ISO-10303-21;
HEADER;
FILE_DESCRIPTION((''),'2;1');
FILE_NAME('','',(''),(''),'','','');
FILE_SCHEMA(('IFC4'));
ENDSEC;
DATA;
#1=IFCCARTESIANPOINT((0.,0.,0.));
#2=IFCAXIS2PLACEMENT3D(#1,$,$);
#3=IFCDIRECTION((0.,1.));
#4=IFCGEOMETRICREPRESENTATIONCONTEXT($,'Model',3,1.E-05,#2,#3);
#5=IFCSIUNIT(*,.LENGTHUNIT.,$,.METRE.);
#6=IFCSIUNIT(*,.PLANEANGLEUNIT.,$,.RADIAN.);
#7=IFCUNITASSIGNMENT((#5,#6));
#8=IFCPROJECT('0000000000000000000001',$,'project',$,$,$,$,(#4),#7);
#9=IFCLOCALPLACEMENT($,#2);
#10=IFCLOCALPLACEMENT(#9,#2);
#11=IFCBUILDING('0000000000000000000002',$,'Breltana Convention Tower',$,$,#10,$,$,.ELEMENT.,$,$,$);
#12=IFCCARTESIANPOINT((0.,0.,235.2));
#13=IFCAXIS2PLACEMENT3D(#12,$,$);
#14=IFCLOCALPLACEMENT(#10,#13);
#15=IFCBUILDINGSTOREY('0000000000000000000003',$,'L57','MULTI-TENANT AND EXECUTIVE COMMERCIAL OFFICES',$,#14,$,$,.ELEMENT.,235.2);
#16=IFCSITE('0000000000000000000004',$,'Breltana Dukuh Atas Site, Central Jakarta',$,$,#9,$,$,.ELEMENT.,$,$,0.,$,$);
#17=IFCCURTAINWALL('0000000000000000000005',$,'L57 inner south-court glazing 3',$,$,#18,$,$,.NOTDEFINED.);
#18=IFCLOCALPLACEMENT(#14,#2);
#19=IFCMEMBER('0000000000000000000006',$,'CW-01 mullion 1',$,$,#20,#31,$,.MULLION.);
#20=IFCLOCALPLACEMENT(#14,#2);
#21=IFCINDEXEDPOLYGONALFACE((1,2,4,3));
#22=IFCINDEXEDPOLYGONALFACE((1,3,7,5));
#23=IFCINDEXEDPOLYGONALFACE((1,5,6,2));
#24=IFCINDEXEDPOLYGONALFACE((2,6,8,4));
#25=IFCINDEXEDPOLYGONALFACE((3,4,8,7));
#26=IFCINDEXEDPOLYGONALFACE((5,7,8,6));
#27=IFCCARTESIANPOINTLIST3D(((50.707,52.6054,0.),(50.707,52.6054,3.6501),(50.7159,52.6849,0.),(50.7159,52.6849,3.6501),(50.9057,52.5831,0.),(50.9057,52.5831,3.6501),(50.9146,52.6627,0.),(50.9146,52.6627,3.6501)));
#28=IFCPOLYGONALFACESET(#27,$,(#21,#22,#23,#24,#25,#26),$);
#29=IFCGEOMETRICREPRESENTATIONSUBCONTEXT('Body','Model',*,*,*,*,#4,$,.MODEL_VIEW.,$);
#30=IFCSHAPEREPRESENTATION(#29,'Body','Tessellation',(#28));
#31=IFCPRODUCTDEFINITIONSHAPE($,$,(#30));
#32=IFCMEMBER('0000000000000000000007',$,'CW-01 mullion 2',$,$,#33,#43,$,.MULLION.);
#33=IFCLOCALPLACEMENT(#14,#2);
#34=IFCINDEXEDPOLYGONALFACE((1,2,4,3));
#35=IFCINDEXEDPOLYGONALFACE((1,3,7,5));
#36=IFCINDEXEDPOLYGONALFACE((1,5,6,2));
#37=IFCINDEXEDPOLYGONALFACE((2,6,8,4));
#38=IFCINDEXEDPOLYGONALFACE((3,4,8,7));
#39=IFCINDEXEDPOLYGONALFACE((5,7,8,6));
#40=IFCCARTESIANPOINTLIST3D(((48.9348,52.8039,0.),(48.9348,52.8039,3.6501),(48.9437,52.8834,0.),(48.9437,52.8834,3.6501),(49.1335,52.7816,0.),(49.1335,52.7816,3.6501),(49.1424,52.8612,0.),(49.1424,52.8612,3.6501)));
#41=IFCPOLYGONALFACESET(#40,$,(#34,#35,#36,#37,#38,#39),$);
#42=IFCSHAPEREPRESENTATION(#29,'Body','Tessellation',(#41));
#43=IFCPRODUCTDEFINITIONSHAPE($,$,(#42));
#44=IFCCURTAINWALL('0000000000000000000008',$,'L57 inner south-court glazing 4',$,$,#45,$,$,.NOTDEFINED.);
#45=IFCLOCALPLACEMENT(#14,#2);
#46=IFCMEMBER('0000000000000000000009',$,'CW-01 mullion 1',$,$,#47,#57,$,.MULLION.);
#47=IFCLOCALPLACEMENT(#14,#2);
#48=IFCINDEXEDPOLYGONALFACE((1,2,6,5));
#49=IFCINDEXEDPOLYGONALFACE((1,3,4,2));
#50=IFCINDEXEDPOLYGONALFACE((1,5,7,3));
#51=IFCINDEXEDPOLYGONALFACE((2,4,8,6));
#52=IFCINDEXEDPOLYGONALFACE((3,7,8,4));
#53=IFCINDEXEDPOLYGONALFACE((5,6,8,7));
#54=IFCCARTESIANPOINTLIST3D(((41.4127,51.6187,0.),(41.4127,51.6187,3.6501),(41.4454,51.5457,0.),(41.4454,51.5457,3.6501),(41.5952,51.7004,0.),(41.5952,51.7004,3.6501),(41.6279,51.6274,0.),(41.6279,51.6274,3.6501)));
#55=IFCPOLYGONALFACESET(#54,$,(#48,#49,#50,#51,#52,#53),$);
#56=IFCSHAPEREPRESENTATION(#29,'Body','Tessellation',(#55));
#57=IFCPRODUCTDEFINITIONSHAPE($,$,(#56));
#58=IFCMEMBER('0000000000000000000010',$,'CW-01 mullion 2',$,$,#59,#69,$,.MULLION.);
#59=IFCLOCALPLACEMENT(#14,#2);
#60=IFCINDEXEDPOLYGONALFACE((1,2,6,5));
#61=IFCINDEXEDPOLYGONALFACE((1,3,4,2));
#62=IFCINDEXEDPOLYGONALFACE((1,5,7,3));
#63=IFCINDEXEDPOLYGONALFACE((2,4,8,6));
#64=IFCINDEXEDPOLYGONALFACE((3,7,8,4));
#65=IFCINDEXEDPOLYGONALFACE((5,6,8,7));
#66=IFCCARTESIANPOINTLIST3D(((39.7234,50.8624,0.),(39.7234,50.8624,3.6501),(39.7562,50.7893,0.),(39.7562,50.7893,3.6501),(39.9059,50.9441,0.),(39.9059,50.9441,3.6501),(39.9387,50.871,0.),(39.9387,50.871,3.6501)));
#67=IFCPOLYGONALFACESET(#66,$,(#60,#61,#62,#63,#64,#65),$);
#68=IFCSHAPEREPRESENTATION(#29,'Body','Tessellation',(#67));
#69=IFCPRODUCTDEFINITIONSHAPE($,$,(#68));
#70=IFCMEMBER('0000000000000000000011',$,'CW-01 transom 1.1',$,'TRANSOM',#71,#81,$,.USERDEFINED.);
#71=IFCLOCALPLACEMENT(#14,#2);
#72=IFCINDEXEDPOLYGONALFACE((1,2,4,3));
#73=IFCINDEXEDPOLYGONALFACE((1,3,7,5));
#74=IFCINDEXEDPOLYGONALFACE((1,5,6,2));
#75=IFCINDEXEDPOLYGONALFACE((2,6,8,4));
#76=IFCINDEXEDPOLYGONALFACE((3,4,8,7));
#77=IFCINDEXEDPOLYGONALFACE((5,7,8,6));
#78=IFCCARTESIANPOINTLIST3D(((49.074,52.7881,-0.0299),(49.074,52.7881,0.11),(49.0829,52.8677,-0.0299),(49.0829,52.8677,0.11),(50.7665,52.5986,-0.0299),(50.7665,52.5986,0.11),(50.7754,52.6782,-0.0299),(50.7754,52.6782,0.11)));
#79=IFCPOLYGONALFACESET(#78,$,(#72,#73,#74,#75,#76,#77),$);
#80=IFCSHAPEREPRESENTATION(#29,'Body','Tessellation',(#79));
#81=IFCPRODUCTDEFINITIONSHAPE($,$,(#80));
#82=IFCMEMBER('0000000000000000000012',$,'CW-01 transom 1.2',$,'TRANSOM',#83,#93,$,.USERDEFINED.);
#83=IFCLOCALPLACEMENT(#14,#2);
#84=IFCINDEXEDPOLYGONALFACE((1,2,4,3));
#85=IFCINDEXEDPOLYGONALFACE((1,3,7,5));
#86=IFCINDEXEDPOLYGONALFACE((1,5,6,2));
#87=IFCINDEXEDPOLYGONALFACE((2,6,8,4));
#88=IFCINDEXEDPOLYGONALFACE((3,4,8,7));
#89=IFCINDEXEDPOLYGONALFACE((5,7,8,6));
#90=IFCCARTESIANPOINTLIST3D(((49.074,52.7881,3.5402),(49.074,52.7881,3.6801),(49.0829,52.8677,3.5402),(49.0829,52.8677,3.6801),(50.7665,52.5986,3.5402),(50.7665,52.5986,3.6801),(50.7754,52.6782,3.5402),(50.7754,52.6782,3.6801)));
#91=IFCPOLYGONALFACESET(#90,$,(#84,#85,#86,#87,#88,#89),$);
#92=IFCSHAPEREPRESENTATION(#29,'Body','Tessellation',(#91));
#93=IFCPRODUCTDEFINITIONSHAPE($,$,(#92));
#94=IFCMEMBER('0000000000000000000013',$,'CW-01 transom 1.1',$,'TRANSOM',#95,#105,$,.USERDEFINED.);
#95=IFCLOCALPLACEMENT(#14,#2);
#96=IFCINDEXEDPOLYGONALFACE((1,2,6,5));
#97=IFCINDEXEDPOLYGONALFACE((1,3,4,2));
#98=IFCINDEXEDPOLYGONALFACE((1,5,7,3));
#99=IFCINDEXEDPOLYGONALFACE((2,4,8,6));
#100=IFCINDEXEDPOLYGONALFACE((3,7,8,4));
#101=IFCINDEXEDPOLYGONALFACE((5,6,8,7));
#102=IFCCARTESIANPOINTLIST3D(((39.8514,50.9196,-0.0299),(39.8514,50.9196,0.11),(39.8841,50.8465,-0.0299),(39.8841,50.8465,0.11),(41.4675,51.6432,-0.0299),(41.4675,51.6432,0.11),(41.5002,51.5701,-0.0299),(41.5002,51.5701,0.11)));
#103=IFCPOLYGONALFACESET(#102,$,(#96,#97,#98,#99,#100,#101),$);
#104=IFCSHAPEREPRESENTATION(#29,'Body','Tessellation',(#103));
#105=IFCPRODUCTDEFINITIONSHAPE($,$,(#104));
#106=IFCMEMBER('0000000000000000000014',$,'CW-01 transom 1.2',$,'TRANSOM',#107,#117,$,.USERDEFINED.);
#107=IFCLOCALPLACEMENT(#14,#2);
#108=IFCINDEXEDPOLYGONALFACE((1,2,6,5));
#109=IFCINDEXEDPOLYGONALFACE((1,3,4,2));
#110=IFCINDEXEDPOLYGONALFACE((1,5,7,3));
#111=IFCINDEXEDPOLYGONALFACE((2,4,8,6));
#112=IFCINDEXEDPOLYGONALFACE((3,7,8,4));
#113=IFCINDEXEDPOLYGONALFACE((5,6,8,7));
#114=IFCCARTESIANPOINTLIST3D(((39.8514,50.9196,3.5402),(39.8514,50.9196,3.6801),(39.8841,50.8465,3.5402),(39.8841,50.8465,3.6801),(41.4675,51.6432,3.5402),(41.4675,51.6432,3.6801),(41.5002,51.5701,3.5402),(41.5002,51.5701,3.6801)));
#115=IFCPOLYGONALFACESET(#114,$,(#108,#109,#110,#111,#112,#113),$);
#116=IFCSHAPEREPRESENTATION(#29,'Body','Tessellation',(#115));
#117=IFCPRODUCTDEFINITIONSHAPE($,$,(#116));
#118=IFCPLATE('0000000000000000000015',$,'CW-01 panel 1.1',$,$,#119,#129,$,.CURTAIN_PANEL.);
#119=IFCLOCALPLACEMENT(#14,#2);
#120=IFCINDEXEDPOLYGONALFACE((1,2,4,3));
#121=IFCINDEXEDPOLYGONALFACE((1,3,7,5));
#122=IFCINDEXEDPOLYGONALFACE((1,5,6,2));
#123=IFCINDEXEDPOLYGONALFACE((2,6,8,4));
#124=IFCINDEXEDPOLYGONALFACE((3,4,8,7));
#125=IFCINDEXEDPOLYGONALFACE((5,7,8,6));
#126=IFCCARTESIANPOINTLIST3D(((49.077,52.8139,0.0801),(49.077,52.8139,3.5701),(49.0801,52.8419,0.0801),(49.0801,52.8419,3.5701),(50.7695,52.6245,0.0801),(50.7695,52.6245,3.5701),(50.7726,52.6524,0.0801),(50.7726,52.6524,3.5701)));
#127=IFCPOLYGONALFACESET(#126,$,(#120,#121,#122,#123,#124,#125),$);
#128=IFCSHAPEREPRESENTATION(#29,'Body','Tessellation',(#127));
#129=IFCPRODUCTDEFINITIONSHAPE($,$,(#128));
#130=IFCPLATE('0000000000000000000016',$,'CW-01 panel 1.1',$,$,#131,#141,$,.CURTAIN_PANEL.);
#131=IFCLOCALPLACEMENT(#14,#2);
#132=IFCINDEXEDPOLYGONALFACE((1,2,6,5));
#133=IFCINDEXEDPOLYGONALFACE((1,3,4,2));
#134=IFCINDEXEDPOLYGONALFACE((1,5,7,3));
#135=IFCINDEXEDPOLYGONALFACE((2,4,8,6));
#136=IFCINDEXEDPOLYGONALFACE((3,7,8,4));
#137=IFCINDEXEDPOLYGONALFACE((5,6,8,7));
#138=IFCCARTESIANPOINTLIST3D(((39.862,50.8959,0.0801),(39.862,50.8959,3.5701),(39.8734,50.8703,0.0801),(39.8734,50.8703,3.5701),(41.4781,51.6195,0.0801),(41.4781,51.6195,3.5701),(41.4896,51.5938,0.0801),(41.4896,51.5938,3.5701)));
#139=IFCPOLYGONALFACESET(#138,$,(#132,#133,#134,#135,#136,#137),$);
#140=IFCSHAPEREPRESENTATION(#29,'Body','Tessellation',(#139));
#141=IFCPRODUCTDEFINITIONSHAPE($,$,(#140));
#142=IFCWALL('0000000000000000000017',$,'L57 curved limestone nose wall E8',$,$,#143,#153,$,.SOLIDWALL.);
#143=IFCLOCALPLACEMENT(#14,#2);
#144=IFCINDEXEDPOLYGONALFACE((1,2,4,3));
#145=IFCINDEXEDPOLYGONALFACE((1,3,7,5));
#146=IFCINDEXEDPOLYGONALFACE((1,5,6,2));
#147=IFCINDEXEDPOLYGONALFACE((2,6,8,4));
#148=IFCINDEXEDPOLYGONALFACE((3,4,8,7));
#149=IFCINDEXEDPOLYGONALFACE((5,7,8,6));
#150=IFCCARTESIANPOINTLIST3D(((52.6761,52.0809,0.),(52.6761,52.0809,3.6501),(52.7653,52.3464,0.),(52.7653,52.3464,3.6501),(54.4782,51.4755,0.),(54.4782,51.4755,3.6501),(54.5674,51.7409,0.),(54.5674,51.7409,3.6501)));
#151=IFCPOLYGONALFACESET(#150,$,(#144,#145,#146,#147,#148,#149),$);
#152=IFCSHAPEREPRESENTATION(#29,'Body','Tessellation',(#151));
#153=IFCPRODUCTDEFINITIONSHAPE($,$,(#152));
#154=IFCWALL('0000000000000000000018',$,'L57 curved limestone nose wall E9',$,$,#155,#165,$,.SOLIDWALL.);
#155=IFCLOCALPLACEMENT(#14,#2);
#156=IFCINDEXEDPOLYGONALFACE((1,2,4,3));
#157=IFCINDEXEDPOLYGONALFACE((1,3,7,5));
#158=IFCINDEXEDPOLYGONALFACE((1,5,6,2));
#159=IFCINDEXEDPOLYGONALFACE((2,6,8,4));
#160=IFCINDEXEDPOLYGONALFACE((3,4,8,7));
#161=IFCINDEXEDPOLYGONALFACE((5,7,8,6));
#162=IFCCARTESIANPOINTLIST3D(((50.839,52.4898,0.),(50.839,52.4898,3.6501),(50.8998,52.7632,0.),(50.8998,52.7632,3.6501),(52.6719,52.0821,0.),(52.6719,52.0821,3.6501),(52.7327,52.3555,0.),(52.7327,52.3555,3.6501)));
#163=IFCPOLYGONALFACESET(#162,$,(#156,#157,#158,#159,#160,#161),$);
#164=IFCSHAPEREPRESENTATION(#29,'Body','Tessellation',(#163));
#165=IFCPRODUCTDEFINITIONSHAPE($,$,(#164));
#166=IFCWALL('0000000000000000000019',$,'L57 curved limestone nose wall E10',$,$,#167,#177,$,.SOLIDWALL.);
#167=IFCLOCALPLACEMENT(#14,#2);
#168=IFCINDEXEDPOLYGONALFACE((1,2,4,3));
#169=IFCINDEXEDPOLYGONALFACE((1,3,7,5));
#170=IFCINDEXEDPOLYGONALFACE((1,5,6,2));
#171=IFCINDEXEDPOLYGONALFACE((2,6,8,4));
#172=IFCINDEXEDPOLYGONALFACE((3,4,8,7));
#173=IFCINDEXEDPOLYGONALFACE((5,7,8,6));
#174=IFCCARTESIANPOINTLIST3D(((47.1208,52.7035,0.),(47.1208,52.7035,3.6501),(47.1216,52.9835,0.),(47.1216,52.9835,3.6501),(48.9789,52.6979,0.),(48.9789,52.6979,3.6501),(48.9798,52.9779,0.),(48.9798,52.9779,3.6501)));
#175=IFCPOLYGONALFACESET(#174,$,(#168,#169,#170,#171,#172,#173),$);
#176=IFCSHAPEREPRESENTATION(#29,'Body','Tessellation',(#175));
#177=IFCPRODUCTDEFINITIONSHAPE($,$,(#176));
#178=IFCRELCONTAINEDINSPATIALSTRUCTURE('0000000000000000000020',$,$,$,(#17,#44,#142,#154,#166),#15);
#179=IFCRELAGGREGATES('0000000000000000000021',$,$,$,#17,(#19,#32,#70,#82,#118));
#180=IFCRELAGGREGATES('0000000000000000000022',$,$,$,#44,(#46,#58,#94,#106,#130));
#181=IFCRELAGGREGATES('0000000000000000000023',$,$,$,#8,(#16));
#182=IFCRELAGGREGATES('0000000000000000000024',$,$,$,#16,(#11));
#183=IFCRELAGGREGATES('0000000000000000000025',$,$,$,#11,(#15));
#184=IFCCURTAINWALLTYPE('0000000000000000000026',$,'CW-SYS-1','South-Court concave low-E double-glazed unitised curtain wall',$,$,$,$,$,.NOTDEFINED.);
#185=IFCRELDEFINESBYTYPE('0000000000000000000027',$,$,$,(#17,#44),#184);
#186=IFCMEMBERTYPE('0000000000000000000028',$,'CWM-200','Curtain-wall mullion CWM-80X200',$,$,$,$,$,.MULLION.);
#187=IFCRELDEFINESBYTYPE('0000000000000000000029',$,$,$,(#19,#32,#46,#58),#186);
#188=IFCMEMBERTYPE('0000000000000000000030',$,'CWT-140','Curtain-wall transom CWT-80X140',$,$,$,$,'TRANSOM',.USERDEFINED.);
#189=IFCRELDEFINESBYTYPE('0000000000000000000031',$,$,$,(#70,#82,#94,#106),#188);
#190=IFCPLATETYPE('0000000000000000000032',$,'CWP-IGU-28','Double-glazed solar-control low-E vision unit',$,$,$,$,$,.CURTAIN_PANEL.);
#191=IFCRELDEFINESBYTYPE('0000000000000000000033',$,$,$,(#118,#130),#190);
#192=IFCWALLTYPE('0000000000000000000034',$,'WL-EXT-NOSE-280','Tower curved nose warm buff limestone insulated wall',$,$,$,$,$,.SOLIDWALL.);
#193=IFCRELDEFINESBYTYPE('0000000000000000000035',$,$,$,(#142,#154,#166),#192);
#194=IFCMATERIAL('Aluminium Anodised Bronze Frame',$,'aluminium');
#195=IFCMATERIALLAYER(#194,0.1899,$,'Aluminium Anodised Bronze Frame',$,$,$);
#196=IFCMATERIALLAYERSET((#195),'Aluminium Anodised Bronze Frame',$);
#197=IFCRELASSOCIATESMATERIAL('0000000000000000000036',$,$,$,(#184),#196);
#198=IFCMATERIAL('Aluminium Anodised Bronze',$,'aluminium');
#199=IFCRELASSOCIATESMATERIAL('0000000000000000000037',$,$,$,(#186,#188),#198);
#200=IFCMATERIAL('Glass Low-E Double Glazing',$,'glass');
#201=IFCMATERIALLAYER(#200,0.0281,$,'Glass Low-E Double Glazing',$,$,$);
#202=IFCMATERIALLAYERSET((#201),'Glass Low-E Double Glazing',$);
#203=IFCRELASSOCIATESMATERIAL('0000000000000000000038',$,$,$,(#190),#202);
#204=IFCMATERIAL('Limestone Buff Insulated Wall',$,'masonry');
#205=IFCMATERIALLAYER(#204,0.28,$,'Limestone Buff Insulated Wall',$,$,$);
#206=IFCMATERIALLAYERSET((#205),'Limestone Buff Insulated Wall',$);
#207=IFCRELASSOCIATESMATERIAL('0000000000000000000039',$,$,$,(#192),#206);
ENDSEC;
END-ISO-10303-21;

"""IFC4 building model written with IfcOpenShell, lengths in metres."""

from ifc_helpers import new_model, si_unit, direction, frame, frame_2d, origin, origin_2d, place, context, subcontext, project, spatial, rectangle, extrude, source, transform, mapped, material, layer, layer_set, material_profile, profile_set, type_object, element, aggregate, save


model = new_model("IFC4")

# Units and contexts
model_context = context("Model", 3, precision=1e-05, world=origin(), true_north=direction((0.0, 1.0)))
body_context = subcontext(model_context, "Body", "Model", "MODEL_VIEW")
ifc_project = project(units=[si_unit("LENGTHUNIT", "METRE"), si_unit("PLANEANGLEUNIT", "RADIAN")], contexts=[model_context])

# Site, building, storey
site_placement = place(None, origin())
site = spatial("IfcSite", under=ifc_project, at=site_placement, Name="Breltana Dukuh Atas Site, Central Jakarta", CompositionType="ELEMENT", RefElevation=0.0)
building_placement = place(site_placement, origin())
building = spatial("IfcBuilding", under=site, at=building_placement, Name="Breltana Convention Tower", CompositionType="ELEMENT")
storey_placement = place(building_placement, frame((0.0, 0.0, 235.2)))
storey = spatial("IfcBuildingStorey", under=building, at=storey_placement, Name="L57", Description="MULTI-TENANT AND EXECUTIVE COMMERCIAL OFFICES", CompositionType="ELEMENT", Elevation=235.2)

# Curtain walls, members
ifc_material_1 = material(Name="Aluminium Anodised Bronze Frame", Category="aluminium")
ifc_layer_1 = layer(ifc_material_1, 0.1899, Name="Aluminium Anodised Bronze Frame")
ifc_layer_set_1 = layer_set([ifc_layer_1], Name="Aluminium Anodised Bronze Frame")
curtain_wall_type = type_object("IfcCurtainWallType", Name="CW-SYS-1", Description="South-Court concave low-E double-glazed unitised curtain wall", PredefinedType="NOTDEFINED", material=ifc_layer_set_1)
curtain_wall_1_placement = place(storey_placement, origin())
curtain_wall_1 = element("IfcCurtainWall", 1, at=curtain_wall_1_placement, inside=storey, type_object=curtain_wall_type, Name="L57 inner south-court glazing 3", PredefinedType="NOTDEFINED")
ifc_material_2 = material(Name="Aluminium Anodised Bronze", Category="aluminium")
ifc_material_profile_1 = material_profile(ifc_material_2, rectangle(XDim=0.0801, YDim=0.2, at=origin_2d()), Name="CWM-80X200")
ifc_profile_set_1 = profile_set([ifc_material_profile_1], Name="Aluminium Anodised Bronze")
member_type_1 = type_object("IfcMemberType", Name="CWM-200", Description="Curtain-wall mullion CWM-80X200", PredefinedType="MULLION", material=ifc_profile_set_1)
shared_shape_1 = source(origin(), body_context, "Body", "SweptSolid", [
    extrude(rectangle(XDim=0.0801, YDim=0.2, at=origin_2d()), origin(), (0.0, 0.0, 1.0), 3.6501),
])
member_1_placement = place(storey_placement, frame((50.8108, 52.634, 0.0), z_axis=(0.0, 0.0, 1.0), x_axis=(-0.111262, -0.993791, 0.0)))
member_1 = element("IfcMember", 2, at=member_1_placement, type_object=member_type_1, Name="CW-01 mullion 1", PredefinedType="MULLION", context=body_context, shape_type="MappedRepresentation", body=[
    mapped(shared_shape_1, transform((0.0, 0.0, 0.0), scale=1.0)),
])
member_2_placement = place(storey_placement, frame((49.0386, 52.8325, 0.0), z_axis=(0.0, 0.0, 1.0), x_axis=(-0.111262, -0.993791, 0.0)))
member_2 = element("IfcMember", 3, at=member_2_placement, type_object=member_type_1, Name="CW-01 mullion 2", PredefinedType="MULLION", context=body_context, shape_type="MappedRepresentation", body=[
    mapped(shared_shape_1, transform((0.0, 0.0, 0.0), scale=1.0)),
])
curtain_wall_2_placement = place(storey_placement, origin())
curtain_wall_2 = element("IfcCurtainWall", 4, at=curtain_wall_2_placement, inside=storey, type_object=curtain_wall_type, Name="L57 inner south-court glazing 4", PredefinedType="NOTDEFINED")
member_3_placement = place(storey_placement, frame((41.5203, 51.623, 0.0), z_axis=(0.0, 0.0, 1.0), x_axis=(0.408602, -0.912713, 0.0)))
member_3 = element("IfcMember", 5, at=member_3_placement, type_object=member_type_1, Name="CW-01 mullion 1", PredefinedType="MULLION", context=body_context, shape_type="MappedRepresentation", body=[
    mapped(shared_shape_1, transform((0.0, 0.0, 0.0), scale=1.0)),
])
member_4_placement = place(storey_placement, frame((39.8311, 50.8667, 0.0), z_axis=(0.0, 0.0, 1.0), x_axis=(0.408602, -0.912713, 0.0)))
member_4 = element("IfcMember", 6, at=member_4_placement, type_object=member_type_1, Name="CW-01 mullion 2", PredefinedType="MULLION", context=body_context, shape_type="MappedRepresentation", body=[
    mapped(shared_shape_1, transform((0.0, 0.0, 0.0), scale=1.0)),
])

# Members
ifc_material_profile_2 = material_profile(ifc_material_2, rectangle(XDim=0.0801, YDim=0.1399, at=origin_2d()), Name="CWT-80X140")
ifc_profile_set_2 = profile_set([ifc_material_profile_2], Name="Aluminium Anodised Bronze")
member_type_2 = type_object("IfcMemberType", Name="CWT-140", Description="Curtain-wall transom CWT-80X140", ElementType="TRANSOM", PredefinedType="USERDEFINED", material=ifc_profile_set_2)
shared_shape_2 = source(origin(), body_context, "Body", "SweptSolid", [
    extrude(rectangle(XDim=0.0801, YDim=0.1399, at=origin_2d()), origin(), (0.0, 0.0, 1.0), 1.7031),
])
member_5_placement = place(storey_placement, frame((50.771, 52.6384, 0.04), z_axis=(-0.993794, 0.111234, 0.0), x_axis=(-0.111234, -0.993794, 0.0)))
member_5 = element("IfcMember", 7, at=member_5_placement, type_object=member_type_2, Name="CW-01 transom 1.1", ObjectType="TRANSOM", PredefinedType="USERDEFINED", context=body_context, shape_type="MappedRepresentation", body=[
    mapped(shared_shape_2, transform((0.0, 0.0, 0.0), scale=1.0)),
])
member_6_placement = place(storey_placement, frame((50.771, 52.6384, 3.6101), z_axis=(-0.993794, 0.111234, 0.0), x_axis=(-0.111234, -0.993794, 0.0)))
member_6 = element("IfcMember", 8, at=member_6_placement, type_object=member_type_2, Name="CW-01 transom 1.2", ObjectType="TRANSOM", PredefinedType="USERDEFINED", context=body_context, shape_type="MappedRepresentation", body=[
    mapped(shared_shape_2, transform((0.0, 0.0, 0.0), scale=1.0)),
])
shared_shape_3 = source(origin(), body_context, "Body", "SweptSolid", [
    extrude(rectangle(XDim=0.0801, YDim=0.1399, at=origin_2d()), origin(), (0.0, 0.0, 1.0), 1.7708),
])
member_7_placement = place(storey_placement, frame((41.4839, 51.6067, 0.04), z_axis=(-0.912694, -0.408644, 0.0), x_axis=(0.408644, -0.912694, 0.0)))
member_7 = element("IfcMember", 9, at=member_7_placement, type_object=member_type_2, Name="CW-01 transom 1.1", ObjectType="TRANSOM", PredefinedType="USERDEFINED", context=body_context, shape_type="MappedRepresentation", body=[
    mapped(shared_shape_3, transform((0.0, 0.0, 0.0), scale=1.0)),
])
member_8_placement = place(storey_placement, frame((41.4839, 51.6067, 3.6101), z_axis=(-0.912694, -0.408644, 0.0), x_axis=(0.408644, -0.912694, 0.0)))
member_8 = element("IfcMember", 10, at=member_8_placement, type_object=member_type_2, Name="CW-01 transom 1.2", ObjectType="TRANSOM", PredefinedType="USERDEFINED", context=body_context, shape_type="MappedRepresentation", body=[
    mapped(shared_shape_3, transform((0.0, 0.0, 0.0), scale=1.0)),
])

# Plates
ifc_material_3 = material(Name="Glass Low-E Double Glazing", Category="glass")
ifc_layer_2 = layer(ifc_material_3, 0.0281, Name="Glass Low-E Double Glazing")
ifc_layer_set_2 = layer_set([ifc_layer_2], Name="Glass Low-E Double Glazing")
plate_type = type_object("IfcPlateType", Name="CWP-IGU-28", Description="Double-glazed solar-control low-E vision unit", PredefinedType="CURTAIN_PANEL", material=ifc_layer_set_2)
shared_shape_4 = source(origin(), body_context, "Body", "SweptSolid", [
    extrude(rectangle(XDim=1.7031, YDim=0.0281, at=origin_2d()), origin(), (0.0, 0.0, 1.0), 3.49),
])
plate_1_placement = place(storey_placement, frame((49.9248, 52.7332, 0.0801), z_axis=(0.0, 0.0, 1.0), x_axis=(-0.993791, 0.111262, 0.0)))
plate_1 = element("IfcPlate", 11, at=plate_1_placement, type_object=plate_type, Name="CW-01 panel 1.1", PredefinedType="CURTAIN_PANEL", context=body_context, shape_type="MappedRepresentation", body=[
    mapped(shared_shape_4, transform((0.0, 0.0, 0.0), scale=1.0)),
])
aggregate(curtain_wall_1, [member_1, member_2, member_5, member_6, plate_1])
shared_shape_5 = source(origin(), body_context, "Body", "SweptSolid", [
    extrude(rectangle(XDim=1.7708, YDim=0.0281, at=origin_2d()), origin(), (0.0, 0.0, 1.0), 3.49),
])
plate_2_placement = place(storey_placement, frame((40.6758, 51.2449, 0.0801), z_axis=(0.0, 0.0, 1.0), x_axis=(-0.912713, -0.408602, 0.0)))
plate_2 = element("IfcPlate", 12, at=plate_2_placement, type_object=plate_type, Name="CW-01 panel 1.1", PredefinedType="CURTAIN_PANEL", context=body_context, shape_type="MappedRepresentation", body=[
    mapped(shared_shape_5, transform((0.0, 0.0, 0.0), scale=1.0)),
])
aggregate(curtain_wall_2, [member_3, member_4, member_7, member_8, plate_2])

# Walls
ifc_material_4 = material(Name="Limestone Buff Insulated Wall", Category="masonry")
ifc_layer_3 = layer(ifc_material_4, 0.28, Name="Limestone Buff Insulated Wall")
ifc_layer_set_3 = layer_set([ifc_layer_3], Name="Limestone Buff Insulated Wall")
wall_type_1 = type_object("IfcWallType", Name="WL-EXT-NOSE-280", Description="Tower curved nose warm buff limestone insulated wall", PredefinedType="SOLIDWALL", material=ifc_layer_set_3)
shared_shape_6 = source(origin(), body_context, "Body", "SweptSolid", [
    extrude(rectangle(XDim=1.9011, YDim=0.28, at=frame_2d((0.9507, 0.0))), origin(), (0.0, 0.0, 1.0), 3.6501),
])
wall_1_placement = place(storey_placement, frame((54.5229, 51.6082, 0.0), z_axis=(0.0, 0.0, 1.0), x_axis=(-0.947936, 0.318461, 0.0)))
element("IfcWall", 13, at=wall_1_placement, inside=storey, type_object=wall_type_1, Name="L57 curved limestone nose wall E8", PredefinedType="SOLIDWALL", context=body_context, shape_type="MappedRepresentation", body=[
    mapped(shared_shape_6, transform((0.0, 0.0, 0.0), scale=1.0)),
])
shared_shape_7 = source(origin(), body_context, "Body", "SweptSolid", [
    extrude(rectangle(XDim=1.8777, YDim=0.28, at=frame_2d((0.939, 0.0))), origin(), (0.0, 0.0, 1.0), 3.6501),
])
wall_2_placement = place(storey_placement, frame((52.7024, 52.2188, 0.0), z_axis=(0.0, 0.0, 1.0), x_axis=(-0.976138, 0.217151, 0.0)))
element("IfcWall", 14, at=wall_2_placement, inside=storey, type_object=wall_type_1, Name="L57 curved limestone nose wall E9", PredefinedType="SOLIDWALL", context=body_context, shape_type="MappedRepresentation", body=[
    mapped(shared_shape_7, transform((0.0, 0.0, 0.0), scale=1.0)),
])
shared_shape_8 = source(origin(), body_context, "Body", "SweptSolid", [
    extrude(rectangle(XDim=1.8582, YDim=0.28, at=frame_2d((0.9292, 0.0))), origin(), (0.0, 0.0, 1.0), 3.6501),
])
wall_3_placement = place(storey_placement, frame((48.9795, 52.8379, 0.0), z_axis=(0.0, 0.0, 1.0), x_axis=(-0.999995, 0.003022, 0.0)))
element("IfcWall", 15, at=wall_3_placement, inside=storey, type_object=wall_type_1, Name="L57 curved limestone nose wall E10", PredefinedType="SOLIDWALL", context=body_context, shape_type="MappedRepresentation", body=[
    mapped(shared_shape_8, transform((0.0, 0.0, 0.0), scale=1.0)),
])

save(model, "model.ifc")
